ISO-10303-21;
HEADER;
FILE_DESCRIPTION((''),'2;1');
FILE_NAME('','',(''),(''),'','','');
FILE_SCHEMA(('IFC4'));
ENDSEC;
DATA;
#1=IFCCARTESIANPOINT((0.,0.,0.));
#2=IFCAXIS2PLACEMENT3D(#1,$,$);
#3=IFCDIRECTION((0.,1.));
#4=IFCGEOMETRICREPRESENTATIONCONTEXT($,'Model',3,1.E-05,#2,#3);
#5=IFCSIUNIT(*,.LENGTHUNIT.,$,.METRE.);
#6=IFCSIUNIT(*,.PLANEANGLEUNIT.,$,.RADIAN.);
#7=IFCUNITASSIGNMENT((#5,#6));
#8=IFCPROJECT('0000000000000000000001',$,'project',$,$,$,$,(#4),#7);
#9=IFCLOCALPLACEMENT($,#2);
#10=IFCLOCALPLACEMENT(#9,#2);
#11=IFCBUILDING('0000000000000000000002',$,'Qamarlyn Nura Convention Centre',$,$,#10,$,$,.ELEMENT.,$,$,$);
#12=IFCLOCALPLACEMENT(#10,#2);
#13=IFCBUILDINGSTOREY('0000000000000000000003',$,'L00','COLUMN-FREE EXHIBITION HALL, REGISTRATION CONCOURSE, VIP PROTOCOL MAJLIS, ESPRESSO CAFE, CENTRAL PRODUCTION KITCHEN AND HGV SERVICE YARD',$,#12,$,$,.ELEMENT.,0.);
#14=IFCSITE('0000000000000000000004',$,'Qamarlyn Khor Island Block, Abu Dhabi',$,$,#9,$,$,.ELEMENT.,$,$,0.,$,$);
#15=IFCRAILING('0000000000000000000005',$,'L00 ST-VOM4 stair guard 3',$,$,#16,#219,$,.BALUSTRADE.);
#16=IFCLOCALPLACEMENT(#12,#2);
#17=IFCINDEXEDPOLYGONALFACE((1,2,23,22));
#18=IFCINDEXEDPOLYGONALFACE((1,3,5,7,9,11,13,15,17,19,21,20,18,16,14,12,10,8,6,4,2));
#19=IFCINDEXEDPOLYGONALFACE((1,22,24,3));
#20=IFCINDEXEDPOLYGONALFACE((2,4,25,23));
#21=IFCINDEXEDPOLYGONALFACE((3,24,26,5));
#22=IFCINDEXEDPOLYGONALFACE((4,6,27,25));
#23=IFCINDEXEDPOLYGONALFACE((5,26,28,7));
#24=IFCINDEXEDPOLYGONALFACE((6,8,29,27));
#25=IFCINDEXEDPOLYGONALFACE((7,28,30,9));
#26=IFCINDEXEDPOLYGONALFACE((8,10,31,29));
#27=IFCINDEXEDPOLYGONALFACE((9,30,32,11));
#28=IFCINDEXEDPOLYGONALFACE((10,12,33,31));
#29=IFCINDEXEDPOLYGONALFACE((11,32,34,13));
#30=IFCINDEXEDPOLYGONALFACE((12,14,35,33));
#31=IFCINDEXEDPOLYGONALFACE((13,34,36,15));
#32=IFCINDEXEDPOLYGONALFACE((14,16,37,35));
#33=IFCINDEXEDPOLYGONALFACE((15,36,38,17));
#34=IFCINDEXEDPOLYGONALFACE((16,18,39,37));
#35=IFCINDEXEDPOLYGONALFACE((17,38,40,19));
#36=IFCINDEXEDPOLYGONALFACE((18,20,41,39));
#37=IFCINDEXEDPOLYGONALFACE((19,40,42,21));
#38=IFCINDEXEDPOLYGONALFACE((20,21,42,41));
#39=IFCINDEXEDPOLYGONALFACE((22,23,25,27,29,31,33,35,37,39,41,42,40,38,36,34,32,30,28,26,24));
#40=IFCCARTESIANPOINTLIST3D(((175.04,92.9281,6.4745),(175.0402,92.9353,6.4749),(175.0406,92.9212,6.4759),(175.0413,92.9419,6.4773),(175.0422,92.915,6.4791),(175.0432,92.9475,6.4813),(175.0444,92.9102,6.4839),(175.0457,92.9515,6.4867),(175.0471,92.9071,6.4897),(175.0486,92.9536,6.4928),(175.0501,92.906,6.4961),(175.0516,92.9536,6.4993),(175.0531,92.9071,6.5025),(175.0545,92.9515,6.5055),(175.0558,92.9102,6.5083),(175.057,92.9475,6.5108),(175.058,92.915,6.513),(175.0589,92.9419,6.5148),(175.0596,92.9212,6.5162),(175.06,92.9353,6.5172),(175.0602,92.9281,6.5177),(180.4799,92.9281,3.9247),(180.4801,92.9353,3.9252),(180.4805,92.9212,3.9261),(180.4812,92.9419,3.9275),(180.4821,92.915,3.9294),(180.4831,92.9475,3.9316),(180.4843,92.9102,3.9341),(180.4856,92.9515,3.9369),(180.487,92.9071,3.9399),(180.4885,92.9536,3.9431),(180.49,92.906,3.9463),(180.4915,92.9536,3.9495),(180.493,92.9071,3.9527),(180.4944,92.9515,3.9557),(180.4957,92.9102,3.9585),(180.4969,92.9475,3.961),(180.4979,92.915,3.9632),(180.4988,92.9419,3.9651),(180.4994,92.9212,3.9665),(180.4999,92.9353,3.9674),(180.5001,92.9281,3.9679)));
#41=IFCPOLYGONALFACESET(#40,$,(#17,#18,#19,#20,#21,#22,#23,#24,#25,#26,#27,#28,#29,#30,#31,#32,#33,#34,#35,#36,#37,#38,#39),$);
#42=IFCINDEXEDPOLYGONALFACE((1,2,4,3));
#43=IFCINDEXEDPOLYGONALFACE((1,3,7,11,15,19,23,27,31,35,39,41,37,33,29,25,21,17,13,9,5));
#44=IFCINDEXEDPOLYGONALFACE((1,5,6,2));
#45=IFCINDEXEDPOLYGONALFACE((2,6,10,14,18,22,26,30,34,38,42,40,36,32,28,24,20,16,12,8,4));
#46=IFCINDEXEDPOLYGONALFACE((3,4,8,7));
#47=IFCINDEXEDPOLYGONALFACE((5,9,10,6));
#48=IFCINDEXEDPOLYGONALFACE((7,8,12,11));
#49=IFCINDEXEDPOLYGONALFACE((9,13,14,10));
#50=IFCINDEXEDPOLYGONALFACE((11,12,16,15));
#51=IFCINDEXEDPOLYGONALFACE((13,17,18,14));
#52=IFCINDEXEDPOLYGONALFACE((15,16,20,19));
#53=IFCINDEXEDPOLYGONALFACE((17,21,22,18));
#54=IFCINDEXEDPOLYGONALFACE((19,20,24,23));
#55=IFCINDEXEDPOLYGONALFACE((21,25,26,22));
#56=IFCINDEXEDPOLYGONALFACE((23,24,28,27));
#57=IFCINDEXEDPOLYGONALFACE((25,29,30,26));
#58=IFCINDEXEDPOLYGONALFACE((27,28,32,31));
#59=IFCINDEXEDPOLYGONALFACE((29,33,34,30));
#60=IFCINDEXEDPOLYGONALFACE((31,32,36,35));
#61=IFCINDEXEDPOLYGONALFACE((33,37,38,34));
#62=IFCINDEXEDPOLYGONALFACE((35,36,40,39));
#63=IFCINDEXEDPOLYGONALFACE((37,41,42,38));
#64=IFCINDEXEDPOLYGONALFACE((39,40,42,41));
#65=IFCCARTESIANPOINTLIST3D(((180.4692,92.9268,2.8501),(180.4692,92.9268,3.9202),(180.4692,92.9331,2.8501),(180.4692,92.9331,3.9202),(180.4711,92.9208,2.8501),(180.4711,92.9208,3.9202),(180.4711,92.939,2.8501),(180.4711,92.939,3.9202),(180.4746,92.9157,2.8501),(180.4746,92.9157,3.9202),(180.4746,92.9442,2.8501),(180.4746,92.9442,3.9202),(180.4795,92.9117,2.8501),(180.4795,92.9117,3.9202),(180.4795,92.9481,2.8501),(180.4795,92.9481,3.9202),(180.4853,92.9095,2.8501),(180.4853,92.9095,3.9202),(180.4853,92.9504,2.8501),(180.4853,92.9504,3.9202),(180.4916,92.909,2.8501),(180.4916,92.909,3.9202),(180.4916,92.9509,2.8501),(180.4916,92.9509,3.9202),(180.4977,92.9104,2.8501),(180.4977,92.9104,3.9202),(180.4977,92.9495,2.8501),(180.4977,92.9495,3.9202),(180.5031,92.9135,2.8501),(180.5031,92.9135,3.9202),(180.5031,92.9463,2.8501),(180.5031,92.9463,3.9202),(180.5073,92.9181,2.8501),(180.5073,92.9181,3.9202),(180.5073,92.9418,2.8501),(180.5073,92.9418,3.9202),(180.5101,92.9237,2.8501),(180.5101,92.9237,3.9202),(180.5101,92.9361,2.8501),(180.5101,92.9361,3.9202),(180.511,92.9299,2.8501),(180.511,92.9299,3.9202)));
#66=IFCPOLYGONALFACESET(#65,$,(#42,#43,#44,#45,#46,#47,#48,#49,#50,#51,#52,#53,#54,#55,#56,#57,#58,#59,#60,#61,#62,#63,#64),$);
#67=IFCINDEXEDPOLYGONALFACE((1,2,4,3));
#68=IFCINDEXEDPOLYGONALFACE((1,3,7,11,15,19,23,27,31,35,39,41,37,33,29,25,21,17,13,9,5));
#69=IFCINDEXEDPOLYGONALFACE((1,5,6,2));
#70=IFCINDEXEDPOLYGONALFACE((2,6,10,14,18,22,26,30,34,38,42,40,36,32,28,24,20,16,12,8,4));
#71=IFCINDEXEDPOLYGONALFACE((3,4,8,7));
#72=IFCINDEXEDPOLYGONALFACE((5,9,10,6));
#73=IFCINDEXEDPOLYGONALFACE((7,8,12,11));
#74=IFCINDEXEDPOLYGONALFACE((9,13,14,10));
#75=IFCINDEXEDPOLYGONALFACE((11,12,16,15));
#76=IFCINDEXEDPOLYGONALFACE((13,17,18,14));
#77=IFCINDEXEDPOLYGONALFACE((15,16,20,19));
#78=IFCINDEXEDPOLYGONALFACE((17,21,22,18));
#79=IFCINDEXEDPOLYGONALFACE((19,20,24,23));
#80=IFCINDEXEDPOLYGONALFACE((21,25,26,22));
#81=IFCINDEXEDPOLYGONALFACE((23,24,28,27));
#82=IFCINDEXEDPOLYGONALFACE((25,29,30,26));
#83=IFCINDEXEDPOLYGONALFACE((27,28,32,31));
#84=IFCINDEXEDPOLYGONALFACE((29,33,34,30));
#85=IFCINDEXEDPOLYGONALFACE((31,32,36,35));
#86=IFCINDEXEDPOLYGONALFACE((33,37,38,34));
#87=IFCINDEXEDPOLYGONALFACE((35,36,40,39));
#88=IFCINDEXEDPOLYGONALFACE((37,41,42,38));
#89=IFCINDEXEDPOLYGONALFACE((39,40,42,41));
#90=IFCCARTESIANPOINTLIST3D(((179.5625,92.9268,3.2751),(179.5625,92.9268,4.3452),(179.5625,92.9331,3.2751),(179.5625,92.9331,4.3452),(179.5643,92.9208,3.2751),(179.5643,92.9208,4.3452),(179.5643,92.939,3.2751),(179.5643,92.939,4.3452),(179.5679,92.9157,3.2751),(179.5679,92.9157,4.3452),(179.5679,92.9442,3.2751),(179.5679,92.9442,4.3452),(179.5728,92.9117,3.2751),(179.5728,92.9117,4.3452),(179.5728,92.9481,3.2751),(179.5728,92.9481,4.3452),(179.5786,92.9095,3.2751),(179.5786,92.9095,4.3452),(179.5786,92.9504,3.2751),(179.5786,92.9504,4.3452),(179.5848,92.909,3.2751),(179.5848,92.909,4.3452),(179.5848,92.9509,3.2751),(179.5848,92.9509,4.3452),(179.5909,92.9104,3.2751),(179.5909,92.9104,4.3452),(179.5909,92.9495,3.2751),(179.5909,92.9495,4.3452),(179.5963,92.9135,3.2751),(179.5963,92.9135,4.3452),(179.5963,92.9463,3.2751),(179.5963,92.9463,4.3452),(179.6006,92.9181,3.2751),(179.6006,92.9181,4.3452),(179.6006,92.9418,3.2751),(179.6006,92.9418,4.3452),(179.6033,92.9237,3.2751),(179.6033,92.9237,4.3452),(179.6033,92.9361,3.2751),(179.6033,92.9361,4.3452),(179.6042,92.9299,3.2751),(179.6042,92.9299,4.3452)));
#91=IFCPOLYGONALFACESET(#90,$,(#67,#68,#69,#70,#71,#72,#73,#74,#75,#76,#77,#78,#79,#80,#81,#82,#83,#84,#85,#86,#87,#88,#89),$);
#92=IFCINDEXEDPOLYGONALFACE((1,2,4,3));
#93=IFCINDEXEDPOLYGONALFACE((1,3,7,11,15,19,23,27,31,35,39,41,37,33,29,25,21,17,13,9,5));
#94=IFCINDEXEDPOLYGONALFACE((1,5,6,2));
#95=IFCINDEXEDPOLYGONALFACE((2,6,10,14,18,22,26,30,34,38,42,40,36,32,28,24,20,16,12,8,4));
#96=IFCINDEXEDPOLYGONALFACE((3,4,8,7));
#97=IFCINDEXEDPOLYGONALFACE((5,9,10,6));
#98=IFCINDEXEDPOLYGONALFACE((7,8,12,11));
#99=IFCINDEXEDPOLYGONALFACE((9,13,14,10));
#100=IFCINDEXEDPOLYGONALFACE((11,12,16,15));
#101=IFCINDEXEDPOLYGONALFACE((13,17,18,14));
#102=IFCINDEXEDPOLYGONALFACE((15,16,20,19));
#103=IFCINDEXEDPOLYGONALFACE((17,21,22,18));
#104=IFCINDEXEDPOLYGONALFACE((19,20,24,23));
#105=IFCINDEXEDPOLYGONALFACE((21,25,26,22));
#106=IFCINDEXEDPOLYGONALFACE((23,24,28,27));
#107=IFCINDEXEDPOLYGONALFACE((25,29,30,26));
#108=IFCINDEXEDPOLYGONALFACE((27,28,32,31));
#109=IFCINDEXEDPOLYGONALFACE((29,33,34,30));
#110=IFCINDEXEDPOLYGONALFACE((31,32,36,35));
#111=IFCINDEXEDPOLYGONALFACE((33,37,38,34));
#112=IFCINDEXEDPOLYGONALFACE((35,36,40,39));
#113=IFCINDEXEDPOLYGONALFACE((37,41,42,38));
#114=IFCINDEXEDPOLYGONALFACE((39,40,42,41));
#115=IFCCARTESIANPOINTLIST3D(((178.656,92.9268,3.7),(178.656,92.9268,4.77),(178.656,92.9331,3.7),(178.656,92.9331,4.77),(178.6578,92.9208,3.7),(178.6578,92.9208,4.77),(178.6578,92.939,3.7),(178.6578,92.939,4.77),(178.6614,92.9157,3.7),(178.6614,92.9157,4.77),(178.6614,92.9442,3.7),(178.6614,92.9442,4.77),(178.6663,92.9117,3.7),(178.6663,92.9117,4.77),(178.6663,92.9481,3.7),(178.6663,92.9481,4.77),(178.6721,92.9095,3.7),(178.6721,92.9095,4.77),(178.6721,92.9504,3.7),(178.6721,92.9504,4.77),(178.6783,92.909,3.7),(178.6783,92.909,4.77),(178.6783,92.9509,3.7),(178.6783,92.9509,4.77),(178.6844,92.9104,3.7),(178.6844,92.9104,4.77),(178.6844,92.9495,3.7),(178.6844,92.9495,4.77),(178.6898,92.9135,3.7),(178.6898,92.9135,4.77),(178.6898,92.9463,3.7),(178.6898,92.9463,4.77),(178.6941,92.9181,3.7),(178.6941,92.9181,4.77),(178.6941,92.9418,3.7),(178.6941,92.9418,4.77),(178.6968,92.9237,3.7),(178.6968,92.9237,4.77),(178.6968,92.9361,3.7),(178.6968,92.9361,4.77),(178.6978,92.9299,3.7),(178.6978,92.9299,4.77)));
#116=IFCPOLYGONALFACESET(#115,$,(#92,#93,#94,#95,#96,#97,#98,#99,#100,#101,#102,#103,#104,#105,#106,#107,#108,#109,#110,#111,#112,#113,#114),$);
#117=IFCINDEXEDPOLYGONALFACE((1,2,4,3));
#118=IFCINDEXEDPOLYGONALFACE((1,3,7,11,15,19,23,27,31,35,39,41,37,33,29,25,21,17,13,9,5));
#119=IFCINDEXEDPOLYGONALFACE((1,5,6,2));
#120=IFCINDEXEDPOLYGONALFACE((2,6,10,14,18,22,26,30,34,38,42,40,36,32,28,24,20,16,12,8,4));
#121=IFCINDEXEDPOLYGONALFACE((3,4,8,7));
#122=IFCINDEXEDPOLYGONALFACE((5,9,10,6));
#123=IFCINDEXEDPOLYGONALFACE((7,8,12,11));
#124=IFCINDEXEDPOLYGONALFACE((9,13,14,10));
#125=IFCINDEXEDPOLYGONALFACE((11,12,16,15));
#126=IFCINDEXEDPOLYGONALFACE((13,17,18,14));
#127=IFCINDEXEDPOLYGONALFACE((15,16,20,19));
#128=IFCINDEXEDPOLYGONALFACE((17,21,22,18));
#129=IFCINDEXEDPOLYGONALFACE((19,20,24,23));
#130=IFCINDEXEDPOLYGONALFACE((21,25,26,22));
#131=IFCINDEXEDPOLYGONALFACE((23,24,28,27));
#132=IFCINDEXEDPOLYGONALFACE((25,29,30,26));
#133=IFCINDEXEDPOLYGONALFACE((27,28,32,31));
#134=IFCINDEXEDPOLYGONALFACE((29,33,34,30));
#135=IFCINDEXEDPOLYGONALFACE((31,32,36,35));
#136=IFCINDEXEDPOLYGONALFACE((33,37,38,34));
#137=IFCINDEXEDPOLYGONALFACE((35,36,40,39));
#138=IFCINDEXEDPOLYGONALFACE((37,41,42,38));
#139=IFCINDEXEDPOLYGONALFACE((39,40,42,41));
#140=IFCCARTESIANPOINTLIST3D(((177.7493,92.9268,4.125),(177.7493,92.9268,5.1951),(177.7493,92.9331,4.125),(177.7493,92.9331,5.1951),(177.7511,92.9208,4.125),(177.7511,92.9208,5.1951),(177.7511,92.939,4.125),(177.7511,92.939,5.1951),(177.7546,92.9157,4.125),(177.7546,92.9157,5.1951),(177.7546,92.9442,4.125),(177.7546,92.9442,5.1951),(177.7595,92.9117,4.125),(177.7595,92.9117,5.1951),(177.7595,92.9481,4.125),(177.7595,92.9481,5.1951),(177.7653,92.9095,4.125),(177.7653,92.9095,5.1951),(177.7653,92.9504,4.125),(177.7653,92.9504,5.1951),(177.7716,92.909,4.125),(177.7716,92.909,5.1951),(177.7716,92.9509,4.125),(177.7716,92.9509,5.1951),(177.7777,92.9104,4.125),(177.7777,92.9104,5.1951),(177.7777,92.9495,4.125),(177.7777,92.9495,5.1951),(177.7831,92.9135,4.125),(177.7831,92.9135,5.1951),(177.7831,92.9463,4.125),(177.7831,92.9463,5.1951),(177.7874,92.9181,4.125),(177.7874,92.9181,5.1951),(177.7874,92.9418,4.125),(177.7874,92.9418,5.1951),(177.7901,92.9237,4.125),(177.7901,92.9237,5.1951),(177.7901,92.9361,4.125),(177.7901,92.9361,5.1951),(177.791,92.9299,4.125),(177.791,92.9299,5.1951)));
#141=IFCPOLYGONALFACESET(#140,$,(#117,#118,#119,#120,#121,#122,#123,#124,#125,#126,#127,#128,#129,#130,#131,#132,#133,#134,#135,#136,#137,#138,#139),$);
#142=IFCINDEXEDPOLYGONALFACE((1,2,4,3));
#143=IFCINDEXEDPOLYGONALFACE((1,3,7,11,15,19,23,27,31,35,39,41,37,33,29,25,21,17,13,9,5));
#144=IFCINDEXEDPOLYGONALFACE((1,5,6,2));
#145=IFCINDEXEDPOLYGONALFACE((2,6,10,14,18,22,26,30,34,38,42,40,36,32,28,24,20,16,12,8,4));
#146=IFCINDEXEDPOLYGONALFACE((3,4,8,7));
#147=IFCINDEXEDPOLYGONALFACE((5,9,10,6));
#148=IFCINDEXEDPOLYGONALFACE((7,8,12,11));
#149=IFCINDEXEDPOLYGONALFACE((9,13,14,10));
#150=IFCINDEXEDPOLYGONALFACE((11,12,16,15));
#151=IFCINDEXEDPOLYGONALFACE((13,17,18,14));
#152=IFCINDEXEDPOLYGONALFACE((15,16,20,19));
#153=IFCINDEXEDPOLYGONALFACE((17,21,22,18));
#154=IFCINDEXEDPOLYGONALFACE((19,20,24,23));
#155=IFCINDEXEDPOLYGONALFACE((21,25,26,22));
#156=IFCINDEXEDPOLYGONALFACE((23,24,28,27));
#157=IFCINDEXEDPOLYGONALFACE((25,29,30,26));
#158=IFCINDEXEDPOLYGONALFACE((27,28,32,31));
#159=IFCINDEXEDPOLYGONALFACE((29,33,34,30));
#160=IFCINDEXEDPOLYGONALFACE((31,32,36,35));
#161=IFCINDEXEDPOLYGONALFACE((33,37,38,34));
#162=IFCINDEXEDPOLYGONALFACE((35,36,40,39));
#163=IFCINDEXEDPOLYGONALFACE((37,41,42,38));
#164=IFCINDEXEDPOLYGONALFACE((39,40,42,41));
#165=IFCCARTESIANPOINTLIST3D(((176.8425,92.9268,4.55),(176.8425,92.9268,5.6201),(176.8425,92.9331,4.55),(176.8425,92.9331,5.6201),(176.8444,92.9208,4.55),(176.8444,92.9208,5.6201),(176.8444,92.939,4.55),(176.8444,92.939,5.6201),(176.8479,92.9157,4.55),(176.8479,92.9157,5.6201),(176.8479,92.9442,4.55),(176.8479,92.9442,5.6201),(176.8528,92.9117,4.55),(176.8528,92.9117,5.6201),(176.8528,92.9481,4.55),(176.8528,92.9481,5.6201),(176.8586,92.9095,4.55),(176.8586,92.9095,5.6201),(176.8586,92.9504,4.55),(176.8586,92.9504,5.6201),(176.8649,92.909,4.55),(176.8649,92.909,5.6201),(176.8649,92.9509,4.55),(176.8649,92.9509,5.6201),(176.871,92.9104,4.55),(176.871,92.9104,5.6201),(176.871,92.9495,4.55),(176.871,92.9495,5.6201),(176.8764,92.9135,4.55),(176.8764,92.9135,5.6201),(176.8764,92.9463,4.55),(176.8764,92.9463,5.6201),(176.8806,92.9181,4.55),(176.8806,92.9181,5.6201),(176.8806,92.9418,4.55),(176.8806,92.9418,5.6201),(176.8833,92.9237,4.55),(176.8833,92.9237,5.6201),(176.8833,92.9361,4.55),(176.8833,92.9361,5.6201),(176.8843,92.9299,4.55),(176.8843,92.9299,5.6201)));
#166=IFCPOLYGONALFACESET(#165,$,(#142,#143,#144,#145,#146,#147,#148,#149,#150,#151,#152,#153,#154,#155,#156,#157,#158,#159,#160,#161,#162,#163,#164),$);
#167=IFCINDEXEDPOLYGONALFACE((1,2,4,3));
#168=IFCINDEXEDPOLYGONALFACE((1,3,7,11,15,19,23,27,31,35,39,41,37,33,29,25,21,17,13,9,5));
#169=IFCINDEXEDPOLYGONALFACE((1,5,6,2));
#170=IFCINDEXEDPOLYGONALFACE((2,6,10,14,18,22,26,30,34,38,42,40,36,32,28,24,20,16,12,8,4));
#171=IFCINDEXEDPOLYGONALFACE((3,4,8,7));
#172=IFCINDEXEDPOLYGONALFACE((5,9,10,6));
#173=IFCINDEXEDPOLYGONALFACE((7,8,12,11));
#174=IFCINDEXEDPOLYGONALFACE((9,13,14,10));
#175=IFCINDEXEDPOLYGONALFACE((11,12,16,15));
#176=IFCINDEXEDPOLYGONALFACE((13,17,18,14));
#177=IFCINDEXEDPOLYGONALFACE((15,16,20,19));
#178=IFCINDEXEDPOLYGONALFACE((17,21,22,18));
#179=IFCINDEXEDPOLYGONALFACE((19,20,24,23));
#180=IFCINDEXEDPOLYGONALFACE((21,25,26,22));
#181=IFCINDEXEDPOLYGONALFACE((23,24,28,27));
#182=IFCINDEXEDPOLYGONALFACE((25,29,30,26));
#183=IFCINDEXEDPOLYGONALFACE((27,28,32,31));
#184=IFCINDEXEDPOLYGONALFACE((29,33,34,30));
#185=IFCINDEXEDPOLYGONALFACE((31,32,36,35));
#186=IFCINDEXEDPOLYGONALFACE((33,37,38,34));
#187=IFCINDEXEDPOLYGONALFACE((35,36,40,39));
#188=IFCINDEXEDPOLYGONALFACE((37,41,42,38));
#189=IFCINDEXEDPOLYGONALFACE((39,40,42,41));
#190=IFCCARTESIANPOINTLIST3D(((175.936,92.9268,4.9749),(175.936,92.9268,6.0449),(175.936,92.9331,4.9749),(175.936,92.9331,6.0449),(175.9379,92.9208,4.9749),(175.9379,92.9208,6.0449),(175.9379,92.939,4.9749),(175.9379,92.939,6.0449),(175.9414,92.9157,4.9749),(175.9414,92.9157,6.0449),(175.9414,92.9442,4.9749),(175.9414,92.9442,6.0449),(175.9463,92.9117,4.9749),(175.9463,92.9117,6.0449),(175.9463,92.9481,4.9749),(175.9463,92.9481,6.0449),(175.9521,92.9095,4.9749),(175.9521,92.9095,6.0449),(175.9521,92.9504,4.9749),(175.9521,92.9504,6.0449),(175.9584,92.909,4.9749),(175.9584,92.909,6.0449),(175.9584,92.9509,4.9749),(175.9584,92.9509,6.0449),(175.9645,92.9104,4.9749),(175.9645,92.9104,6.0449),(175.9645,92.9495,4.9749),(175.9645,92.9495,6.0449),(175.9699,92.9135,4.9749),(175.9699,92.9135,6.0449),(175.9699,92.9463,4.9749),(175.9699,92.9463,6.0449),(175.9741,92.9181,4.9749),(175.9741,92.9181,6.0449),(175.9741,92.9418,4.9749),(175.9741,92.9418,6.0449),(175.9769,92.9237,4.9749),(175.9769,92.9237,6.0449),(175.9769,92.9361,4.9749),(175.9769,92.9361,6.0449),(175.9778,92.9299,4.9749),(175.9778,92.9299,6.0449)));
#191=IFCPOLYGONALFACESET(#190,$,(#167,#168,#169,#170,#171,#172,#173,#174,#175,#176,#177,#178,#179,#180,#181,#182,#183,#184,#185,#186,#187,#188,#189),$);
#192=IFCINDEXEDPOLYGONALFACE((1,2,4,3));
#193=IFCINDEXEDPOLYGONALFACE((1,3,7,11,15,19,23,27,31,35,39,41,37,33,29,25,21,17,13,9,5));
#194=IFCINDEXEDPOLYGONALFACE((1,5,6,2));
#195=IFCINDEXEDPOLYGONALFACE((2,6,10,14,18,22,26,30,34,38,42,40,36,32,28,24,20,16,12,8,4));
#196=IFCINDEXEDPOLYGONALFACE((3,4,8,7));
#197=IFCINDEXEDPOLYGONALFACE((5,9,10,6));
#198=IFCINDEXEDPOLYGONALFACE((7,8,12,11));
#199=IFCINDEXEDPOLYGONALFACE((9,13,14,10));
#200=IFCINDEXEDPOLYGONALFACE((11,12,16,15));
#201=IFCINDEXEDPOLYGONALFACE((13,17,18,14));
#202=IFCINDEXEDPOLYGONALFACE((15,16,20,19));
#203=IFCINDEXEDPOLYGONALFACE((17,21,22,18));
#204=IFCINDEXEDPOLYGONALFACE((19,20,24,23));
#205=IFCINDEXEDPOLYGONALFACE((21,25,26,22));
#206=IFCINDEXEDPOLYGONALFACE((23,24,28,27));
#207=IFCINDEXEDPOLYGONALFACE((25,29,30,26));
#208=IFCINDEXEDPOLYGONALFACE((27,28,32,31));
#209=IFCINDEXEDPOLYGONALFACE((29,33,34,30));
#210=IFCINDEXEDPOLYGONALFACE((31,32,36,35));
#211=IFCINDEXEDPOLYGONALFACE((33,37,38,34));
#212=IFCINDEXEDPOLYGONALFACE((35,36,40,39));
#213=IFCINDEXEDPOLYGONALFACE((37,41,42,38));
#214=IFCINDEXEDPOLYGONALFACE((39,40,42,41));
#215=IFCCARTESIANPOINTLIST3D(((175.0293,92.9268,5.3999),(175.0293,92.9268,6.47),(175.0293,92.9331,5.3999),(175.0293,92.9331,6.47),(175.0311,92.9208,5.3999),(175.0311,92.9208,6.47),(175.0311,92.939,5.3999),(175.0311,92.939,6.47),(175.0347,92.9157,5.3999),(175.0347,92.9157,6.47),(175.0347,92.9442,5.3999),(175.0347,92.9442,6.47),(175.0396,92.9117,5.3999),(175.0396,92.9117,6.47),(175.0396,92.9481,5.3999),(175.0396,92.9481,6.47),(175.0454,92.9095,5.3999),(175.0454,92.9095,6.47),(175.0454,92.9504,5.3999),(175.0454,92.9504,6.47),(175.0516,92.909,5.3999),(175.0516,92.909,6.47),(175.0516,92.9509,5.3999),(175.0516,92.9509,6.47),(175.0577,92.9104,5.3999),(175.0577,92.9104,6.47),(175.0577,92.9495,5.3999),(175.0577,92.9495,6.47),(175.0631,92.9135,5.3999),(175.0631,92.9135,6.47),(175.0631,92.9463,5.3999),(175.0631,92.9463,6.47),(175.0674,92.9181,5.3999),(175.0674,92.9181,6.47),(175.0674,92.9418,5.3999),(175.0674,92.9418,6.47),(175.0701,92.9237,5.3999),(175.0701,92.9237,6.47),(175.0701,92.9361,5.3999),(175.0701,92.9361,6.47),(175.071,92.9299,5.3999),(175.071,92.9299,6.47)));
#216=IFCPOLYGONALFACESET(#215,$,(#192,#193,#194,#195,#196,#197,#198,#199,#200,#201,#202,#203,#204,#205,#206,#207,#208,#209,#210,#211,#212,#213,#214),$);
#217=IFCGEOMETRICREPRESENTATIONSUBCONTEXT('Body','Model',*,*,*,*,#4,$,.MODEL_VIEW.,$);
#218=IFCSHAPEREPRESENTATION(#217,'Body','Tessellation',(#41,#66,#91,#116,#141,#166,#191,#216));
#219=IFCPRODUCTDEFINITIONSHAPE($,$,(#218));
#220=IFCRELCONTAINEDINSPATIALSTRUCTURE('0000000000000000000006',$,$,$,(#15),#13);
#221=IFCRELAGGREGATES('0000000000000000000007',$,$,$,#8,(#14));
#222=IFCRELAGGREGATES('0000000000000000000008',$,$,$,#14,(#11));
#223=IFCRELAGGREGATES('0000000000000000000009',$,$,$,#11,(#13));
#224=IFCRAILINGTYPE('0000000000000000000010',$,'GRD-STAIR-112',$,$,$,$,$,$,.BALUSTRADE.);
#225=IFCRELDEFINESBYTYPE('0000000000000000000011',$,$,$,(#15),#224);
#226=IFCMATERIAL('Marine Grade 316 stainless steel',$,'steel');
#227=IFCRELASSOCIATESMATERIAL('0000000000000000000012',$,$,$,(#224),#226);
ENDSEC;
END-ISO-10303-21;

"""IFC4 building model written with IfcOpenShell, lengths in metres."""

from ifc_helpers import new_model, si_unit, direction, frame, origin, origin_2d, place, context, subcontext, project, spatial, circle, extrude, material, type_object, element, save


model = new_model("IFC4")

# Units and contexts
model_context = context("Model", 3, precision=1e-05, world=origin(), true_north=direction((0.0, 1.0)))
body_context = subcontext(model_context, "Body", "Model", "MODEL_VIEW")
ifc_project = project(units=[si_unit("LENGTHUNIT", "METRE"), si_unit("PLANEANGLEUNIT", "RADIAN")], contexts=[model_context])

# Site, building, storey
site_placement = place(None, origin())
site = spatial("IfcSite", under=ifc_project, at=site_placement, Name="Qamarlyn Khor Island Block, Abu Dhabi", CompositionType="ELEMENT", RefElevation=0.0)
building_placement = place(site_placement, origin())
building = spatial("IfcBuilding", under=site, at=building_placement, Name="Qamarlyn Nura Convention Centre", CompositionType="ELEMENT")
storey_placement = place(building_placement, origin())
storey = spatial("IfcBuildingStorey", under=building, at=storey_placement, Name="L00", Description="COLUMN-FREE EXHIBITION HALL, REGISTRATION CONCOURSE, VIP PROTOCOL MAJLIS, ESPRESSO CAFE, CENTRAL PRODUCTION KITCHEN AND HGV SERVICE YARD", CompositionType="ELEMENT", Elevation=0.0)

# Railing
ifc_material_1 = material(Name="Marine Grade 316 stainless steel", Category="steel")
railing_type_1 = type_object("IfcRailingType", Name="GRD-STAIR-112", PredefinedType="BALUSTRADE", material=ifc_material_1)
railing_1_placement = place(storey_placement, frame((180.49, 92.9299, 2.8501)))
element("IfcRailing", 1, at=railing_1_placement, inside=storey, type_object=railing_type_1, Name="L00 ST-VOM4 stair guard 3", PredefinedType="BALUSTRADE", context=body_context, shape_type="SweptSolid", body=[
    extrude(circle(Radius=0.0239, at=origin_2d()), frame((0.0, 0.0, 1.0962), z_axis=(-0.90547, 0.0, 0.424411), x_axis=(0.0, -1.0, 0.0)), (0.0, 0.0, 1.0), 6.0078),
    extrude(circle(Radius=0.021, at=origin_2d()), origin(), (0.0, 0.0, 1.0), 1.0701),
    extrude(circle(Radius=0.021, at=origin_2d()), frame((-0.9067, 0.0, 0.425)), (0.0, 0.0, 1.0), 1.0701),
    extrude(circle(Radius=0.021, at=origin_2d()), frame((-1.8132, 0.0, 0.8499)), (0.0, 0.0, 1.0), 1.0701),
    extrude(circle(Radius=0.021, at=origin_2d()), frame((-2.72, 0.0, 1.2749)), (0.0, 0.0, 1.0), 1.0701),
    extrude(circle(Radius=0.021, at=origin_2d()), frame((-3.6267, 0.0, 1.7)), (0.0, 0.0, 1.0), 1.0701),
    extrude(circle(Radius=0.021, at=origin_2d()), frame((-4.5332, 0.0, 2.1248)), (0.0, 0.0, 1.0), 1.0701),
    extrude(circle(Radius=0.021, at=origin_2d()), frame((-5.4399, 0.0, 2.5498)), (0.0, 0.0, 1.0), 1.0701),
])

save(model, "model.ifc")
